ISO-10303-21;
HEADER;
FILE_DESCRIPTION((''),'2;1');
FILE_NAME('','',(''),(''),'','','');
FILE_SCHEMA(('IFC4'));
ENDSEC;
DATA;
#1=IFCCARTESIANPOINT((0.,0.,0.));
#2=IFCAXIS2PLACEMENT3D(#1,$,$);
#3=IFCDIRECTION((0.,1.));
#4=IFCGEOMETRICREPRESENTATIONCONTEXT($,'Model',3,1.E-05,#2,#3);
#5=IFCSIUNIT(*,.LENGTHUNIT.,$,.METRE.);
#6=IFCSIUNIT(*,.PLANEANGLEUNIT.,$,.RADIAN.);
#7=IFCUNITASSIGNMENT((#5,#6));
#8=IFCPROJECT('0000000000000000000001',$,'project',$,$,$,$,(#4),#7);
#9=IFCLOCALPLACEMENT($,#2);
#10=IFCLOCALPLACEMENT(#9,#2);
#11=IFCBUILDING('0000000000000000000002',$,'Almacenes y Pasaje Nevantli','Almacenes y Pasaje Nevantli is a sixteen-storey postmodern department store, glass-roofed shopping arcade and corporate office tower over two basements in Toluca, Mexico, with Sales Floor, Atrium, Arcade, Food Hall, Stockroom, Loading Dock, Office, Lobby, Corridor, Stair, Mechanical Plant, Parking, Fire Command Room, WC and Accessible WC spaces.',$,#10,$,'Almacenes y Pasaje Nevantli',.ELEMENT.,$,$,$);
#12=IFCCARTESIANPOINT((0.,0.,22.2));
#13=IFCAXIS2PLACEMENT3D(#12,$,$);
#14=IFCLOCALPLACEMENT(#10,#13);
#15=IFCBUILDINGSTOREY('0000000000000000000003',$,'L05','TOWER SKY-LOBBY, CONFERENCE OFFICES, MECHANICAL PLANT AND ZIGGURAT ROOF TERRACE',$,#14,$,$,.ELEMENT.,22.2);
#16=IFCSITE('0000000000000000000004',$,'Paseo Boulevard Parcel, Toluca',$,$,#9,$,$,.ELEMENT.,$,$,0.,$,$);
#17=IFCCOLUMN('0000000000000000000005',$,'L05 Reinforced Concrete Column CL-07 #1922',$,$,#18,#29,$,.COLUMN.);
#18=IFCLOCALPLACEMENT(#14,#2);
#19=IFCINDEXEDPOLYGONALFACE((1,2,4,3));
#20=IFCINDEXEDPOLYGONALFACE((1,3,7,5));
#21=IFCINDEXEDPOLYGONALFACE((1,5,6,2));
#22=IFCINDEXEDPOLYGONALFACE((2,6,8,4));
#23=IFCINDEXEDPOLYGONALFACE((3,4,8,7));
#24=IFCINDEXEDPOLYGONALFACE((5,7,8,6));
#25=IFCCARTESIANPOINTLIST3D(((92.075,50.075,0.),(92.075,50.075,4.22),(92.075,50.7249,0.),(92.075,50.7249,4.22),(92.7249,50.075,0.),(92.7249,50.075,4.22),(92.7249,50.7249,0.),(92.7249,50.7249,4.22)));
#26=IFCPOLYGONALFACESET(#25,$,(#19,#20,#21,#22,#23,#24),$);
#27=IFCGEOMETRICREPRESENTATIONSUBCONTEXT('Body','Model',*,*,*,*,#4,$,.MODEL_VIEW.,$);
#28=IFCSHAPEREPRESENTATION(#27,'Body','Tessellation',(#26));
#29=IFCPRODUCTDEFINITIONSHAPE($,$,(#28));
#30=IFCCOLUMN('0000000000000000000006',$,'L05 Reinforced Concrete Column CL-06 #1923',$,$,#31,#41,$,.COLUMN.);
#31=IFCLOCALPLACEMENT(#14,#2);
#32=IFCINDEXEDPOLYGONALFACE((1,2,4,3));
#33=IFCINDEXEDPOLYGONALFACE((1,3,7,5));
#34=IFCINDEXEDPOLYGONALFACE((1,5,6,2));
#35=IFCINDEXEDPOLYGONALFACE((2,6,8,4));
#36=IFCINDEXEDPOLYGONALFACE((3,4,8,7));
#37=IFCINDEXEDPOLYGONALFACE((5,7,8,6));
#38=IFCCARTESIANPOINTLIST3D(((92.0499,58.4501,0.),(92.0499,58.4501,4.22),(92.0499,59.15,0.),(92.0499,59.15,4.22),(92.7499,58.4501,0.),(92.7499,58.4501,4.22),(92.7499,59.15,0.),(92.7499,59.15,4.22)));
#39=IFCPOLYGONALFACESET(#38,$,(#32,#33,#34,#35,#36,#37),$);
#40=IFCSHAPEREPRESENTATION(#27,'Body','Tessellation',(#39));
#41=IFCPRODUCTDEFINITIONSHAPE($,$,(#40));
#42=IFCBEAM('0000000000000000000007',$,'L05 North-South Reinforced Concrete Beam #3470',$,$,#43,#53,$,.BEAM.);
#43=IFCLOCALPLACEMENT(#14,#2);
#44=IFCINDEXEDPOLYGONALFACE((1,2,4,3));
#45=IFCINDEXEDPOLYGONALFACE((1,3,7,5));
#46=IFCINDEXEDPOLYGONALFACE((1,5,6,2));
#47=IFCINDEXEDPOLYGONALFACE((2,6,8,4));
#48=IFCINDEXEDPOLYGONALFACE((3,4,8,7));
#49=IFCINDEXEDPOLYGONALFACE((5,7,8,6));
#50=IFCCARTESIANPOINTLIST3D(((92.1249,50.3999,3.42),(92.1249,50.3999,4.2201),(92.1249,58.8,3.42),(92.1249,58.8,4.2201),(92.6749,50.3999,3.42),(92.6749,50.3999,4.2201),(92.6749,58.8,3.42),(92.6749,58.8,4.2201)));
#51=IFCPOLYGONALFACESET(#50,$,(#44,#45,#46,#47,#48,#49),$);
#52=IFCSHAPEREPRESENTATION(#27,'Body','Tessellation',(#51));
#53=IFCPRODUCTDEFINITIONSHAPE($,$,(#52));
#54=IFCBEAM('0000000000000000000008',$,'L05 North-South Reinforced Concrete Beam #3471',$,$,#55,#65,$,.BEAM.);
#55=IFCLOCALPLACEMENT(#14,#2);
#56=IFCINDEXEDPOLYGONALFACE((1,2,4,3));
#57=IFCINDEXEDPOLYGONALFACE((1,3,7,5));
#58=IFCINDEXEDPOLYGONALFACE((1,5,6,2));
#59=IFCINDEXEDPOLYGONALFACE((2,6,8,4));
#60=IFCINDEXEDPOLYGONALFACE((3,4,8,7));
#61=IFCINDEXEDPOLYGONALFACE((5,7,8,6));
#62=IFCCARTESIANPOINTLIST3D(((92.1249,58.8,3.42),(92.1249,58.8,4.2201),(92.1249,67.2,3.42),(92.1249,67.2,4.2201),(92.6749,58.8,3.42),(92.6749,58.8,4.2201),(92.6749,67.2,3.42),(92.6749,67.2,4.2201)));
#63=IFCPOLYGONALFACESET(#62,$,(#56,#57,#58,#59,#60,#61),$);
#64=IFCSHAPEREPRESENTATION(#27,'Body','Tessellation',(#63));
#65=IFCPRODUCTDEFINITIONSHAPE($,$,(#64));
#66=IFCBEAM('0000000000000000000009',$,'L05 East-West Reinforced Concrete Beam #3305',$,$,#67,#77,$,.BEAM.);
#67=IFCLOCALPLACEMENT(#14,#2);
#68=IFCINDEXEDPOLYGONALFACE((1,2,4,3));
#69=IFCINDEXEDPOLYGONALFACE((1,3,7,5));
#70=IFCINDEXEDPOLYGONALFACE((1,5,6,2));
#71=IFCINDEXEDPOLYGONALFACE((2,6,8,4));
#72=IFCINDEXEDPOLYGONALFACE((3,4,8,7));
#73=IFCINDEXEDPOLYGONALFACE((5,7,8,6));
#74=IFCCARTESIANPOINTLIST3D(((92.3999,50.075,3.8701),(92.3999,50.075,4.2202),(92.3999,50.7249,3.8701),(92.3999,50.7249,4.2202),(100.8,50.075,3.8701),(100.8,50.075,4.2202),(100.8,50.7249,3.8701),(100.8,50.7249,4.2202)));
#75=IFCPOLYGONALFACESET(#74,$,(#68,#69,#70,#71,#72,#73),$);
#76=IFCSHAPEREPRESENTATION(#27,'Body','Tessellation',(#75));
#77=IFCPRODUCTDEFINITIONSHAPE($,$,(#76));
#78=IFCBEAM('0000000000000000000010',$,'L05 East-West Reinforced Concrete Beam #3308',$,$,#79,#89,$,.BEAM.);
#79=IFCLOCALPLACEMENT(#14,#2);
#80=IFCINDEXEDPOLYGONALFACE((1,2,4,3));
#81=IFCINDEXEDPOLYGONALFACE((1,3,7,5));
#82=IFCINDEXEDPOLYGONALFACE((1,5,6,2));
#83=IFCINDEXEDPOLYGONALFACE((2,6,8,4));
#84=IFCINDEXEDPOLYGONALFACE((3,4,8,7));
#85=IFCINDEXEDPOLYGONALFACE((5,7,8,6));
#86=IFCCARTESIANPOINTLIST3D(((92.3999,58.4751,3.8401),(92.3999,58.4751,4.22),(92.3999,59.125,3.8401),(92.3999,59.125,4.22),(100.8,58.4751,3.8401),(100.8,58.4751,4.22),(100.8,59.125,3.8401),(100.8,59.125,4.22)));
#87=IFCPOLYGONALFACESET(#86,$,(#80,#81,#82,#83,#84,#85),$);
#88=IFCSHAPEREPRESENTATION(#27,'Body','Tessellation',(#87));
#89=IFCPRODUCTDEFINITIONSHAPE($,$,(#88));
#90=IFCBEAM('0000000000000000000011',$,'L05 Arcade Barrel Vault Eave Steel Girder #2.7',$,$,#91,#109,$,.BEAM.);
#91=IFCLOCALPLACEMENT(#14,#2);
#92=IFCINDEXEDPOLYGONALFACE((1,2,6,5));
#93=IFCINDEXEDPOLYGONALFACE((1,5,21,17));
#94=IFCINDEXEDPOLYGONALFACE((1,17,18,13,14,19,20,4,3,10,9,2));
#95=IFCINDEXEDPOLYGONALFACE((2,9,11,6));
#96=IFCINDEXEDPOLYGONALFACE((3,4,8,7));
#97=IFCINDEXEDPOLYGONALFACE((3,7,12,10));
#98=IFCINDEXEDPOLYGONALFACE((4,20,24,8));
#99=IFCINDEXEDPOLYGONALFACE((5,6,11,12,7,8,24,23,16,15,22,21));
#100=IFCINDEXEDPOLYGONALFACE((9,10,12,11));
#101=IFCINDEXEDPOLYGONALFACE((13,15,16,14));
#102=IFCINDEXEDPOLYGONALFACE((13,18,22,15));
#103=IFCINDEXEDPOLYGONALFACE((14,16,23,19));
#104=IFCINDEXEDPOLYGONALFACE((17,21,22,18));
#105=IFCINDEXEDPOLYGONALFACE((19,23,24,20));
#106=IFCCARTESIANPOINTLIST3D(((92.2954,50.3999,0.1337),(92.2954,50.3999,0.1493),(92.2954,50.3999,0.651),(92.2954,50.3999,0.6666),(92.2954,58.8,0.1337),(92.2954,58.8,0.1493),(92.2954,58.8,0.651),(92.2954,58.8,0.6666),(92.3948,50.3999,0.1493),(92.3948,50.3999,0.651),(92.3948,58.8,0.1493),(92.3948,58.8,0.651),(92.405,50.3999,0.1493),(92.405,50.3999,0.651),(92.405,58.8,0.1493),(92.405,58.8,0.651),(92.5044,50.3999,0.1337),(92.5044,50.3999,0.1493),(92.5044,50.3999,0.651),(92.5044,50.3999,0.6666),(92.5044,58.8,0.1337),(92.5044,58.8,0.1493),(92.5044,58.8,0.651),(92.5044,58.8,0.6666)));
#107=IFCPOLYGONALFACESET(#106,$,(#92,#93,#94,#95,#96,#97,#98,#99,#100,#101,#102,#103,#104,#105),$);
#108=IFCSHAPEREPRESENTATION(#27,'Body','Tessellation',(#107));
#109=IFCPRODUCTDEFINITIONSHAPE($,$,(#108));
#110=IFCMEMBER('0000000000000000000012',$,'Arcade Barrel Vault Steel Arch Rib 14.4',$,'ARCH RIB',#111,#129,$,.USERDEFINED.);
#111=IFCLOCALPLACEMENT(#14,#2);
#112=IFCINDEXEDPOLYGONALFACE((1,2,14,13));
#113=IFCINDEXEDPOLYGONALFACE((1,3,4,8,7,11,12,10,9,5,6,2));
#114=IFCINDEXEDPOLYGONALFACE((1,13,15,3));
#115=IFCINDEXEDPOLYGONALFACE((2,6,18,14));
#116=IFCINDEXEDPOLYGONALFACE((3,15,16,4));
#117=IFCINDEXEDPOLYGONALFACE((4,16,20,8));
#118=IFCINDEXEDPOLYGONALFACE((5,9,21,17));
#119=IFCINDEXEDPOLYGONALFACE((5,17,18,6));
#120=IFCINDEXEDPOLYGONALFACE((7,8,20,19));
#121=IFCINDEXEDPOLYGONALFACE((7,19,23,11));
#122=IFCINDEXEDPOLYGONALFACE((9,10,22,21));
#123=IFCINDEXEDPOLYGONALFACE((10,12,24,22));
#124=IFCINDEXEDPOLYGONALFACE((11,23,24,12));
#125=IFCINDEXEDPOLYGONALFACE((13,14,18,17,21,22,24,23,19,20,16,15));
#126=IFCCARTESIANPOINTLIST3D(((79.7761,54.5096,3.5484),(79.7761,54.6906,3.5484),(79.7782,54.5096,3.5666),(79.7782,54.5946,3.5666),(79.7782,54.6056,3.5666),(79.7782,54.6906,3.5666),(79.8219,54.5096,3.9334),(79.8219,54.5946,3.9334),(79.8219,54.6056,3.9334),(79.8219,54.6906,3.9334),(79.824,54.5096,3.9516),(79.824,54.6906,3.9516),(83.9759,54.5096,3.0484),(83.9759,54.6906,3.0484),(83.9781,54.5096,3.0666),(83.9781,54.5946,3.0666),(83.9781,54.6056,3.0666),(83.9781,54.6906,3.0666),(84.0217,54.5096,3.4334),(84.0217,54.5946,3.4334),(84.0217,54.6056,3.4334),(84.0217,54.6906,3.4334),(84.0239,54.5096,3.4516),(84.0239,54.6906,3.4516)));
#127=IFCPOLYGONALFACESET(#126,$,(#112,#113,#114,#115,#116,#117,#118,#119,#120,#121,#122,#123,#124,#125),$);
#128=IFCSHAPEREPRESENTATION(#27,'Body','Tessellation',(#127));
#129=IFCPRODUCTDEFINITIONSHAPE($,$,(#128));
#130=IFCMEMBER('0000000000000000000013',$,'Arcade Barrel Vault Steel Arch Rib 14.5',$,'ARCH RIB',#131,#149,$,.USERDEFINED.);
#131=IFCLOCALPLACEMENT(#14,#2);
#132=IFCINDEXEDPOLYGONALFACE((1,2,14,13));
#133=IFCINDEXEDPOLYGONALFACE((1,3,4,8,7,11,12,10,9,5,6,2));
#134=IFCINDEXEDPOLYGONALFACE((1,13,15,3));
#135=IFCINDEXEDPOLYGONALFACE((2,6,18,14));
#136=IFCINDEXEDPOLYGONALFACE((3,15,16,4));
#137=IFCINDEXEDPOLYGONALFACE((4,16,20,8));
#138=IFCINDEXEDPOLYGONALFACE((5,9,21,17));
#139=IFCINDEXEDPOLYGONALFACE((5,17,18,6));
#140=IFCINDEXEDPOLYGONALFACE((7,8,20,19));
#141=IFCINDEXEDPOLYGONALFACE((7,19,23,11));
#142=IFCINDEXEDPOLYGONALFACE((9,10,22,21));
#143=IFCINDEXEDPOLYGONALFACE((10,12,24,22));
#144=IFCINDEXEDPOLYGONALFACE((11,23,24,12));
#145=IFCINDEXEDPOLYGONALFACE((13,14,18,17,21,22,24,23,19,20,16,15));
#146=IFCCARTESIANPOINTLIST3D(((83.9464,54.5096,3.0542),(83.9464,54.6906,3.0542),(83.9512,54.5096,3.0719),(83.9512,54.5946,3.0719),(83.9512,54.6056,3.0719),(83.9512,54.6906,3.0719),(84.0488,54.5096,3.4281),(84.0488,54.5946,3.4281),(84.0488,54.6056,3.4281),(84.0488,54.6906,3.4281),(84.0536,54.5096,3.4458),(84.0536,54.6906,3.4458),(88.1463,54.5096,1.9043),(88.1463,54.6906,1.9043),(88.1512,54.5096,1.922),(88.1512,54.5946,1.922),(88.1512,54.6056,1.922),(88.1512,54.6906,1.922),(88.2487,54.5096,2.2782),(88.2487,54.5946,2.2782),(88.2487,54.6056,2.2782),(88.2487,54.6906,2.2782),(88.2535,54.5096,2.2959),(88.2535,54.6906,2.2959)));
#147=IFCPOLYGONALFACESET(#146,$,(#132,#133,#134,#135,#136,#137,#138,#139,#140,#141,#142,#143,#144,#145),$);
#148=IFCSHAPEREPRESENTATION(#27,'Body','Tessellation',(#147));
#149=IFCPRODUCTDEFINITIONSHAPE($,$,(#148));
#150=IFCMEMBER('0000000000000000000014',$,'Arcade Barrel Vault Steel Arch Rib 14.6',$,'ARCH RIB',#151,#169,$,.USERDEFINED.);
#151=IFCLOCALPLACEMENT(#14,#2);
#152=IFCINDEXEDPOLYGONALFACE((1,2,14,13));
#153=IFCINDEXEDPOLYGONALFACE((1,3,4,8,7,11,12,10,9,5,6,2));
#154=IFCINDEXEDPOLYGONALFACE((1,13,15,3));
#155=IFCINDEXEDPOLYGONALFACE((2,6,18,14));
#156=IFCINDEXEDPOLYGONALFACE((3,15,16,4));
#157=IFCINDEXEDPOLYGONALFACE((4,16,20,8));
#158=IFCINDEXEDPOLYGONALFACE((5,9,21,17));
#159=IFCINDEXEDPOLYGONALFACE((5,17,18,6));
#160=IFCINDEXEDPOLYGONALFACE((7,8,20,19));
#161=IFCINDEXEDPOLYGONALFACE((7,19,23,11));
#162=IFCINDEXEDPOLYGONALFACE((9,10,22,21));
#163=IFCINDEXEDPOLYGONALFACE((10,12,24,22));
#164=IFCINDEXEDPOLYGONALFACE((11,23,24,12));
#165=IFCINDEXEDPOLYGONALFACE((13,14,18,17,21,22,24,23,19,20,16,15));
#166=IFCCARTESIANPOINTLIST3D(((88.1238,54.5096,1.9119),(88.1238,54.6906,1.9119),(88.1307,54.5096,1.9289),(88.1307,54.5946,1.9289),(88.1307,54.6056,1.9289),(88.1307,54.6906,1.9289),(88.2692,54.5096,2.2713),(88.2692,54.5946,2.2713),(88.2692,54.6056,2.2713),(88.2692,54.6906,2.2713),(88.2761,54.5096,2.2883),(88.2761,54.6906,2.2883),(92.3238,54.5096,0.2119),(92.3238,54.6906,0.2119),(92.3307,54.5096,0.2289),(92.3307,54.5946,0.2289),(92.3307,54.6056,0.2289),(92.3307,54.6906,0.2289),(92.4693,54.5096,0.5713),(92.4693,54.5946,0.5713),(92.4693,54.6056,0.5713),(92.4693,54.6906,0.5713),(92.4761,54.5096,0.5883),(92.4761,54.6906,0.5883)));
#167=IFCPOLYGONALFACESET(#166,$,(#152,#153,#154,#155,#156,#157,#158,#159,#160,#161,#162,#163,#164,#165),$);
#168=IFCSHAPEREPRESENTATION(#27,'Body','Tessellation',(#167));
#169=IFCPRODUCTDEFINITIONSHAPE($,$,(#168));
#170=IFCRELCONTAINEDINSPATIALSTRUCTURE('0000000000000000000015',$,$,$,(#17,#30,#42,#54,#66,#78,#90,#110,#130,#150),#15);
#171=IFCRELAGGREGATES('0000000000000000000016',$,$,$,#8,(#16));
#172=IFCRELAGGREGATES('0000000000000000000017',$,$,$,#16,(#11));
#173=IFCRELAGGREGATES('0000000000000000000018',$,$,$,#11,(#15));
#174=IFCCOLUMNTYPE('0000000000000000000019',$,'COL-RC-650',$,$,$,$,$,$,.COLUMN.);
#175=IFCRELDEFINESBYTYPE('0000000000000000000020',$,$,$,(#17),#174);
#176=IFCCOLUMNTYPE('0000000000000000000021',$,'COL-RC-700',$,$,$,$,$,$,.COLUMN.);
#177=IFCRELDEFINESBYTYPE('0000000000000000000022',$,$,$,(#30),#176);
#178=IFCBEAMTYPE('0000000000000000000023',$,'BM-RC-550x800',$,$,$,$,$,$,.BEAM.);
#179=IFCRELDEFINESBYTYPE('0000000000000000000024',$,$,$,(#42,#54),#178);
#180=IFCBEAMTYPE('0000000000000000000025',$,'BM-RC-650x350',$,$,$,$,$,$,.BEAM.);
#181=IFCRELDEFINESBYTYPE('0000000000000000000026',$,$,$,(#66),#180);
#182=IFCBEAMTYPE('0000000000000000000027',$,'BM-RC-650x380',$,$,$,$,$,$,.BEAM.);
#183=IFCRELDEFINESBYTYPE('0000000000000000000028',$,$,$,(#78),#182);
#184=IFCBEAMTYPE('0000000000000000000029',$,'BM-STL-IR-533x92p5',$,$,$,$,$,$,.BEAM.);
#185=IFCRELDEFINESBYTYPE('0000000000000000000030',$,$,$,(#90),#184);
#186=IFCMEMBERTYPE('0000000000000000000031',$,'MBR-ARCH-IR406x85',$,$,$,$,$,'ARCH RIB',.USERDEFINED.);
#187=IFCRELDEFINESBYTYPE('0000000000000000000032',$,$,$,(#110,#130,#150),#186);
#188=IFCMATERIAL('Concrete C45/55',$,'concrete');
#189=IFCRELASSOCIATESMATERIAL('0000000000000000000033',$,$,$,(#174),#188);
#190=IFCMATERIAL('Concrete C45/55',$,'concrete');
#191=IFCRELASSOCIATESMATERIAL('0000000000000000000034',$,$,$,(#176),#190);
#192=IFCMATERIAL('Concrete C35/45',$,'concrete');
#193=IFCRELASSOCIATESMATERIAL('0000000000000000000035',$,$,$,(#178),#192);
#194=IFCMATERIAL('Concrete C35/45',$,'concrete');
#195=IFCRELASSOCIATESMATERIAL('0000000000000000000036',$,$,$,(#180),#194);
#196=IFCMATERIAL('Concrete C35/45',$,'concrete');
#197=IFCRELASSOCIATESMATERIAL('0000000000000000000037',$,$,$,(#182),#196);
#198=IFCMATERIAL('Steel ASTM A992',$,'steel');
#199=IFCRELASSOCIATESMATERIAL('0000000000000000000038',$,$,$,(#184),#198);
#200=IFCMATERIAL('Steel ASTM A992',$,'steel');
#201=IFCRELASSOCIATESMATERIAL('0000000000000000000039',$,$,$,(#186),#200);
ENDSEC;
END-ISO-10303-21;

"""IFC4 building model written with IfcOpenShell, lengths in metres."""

from ifc_helpers import new_model, si_unit, direction, frame, origin, origin_2d, place, context, subcontext, project, spatial, rectangle, i_section, extrude, material, material_profile, profile_set, type_object, element, save


model = new_model("IFC4")

# Units and contexts
model_context = context("Model", 3, precision=1e-05, world=origin(), true_north=direction((0.0, 1.0)))
body_context = subcontext(model_context, "Body", "Model", "MODEL_VIEW")
ifc_project = project(units=[si_unit("LENGTHUNIT", "METRE"), si_unit("PLANEANGLEUNIT", "RADIAN")], contexts=[model_context])

# Site, building, storey
site_placement = place(None, origin())
site = spatial("IfcSite", under=ifc_project, at=site_placement, Name="Paseo Boulevard Parcel, Toluca", CompositionType="ELEMENT", RefElevation=0.0)
building_placement = place(site_placement, origin())
building = spatial("IfcBuilding", under=site, at=building_placement, Name="Almacenes y Pasaje Nevantli", Description="Almacenes y Pasaje Nevantli is a sixteen-storey postmodern department store, glass-roofed shopping arcade and corporate office tower over two basements in Toluca, Mexico, with Sales Floor, Atrium, Arcade, Food Hall, Stockroom, Loading Dock, Office, Lobby, Corridor, Stair, Mechanical Plant, Parking, Fire Command Room, WC and Accessible WC spaces.", LongName="Almacenes y Pasaje Nevantli", CompositionType="ELEMENT")
storey_placement = place(building_placement, frame((0.0, 0.0, 22.2)))
storey = spatial("IfcBuildingStorey", under=building, at=storey_placement, Name="L05", Description="TOWER SKY-LOBBY, CONFERENCE OFFICES, MECHANICAL PLANT AND ZIGGURAT ROOF TERRACE", CompositionType="ELEMENT", Elevation=22.2)

# Columns
ifc_material_1 = material(Name="Concrete C45/55", Category="concrete")
ifc_material_profile_1 = material_profile(ifc_material_1, rectangle(XDim=0.6499, YDim=0.6499, at=origin_2d()), Name="RC-COL-650x650")
ifc_profile_set_1 = profile_set([ifc_material_profile_1], Name="Concrete C45/55")
column_type_1 = type_object("IfcColumnType", Name="COL-RC-650", PredefinedType="COLUMN", material=ifc_profile_set_1)
column_1_placement = place(storey_placement, frame((92.3999, 50.3999, 0.0), z_axis=(0.0, 0.0, 1.0), x_axis=(1.0, 0.0, 0.0)))
element("IfcColumn", 1, at=column_1_placement, inside=storey, type_object=column_type_1, Name="L05 Reinforced Concrete Column CL-07 #1922", PredefinedType="COLUMN", context=body_context, shape_type="SweptSolid", body=[
    extrude(rectangle(XDim=0.6499, YDim=0.6499, at=origin_2d()), origin(), (0.0, 0.0, 1.0), 4.22),
])
ifc_material_2 = material(Name="Concrete C45/55", Category="concrete")
ifc_material_profile_2 = material_profile(ifc_material_2, rectangle(XDim=0.7, YDim=0.7, at=origin_2d()), Name="RC-COL-700x700")
ifc_profile_set_2 = profile_set([ifc_material_profile_2], Name="Concrete C45/55")
column_type_2 = type_object("IfcColumnType", Name="COL-RC-700", PredefinedType="COLUMN", material=ifc_profile_set_2)
column_2_placement = place(storey_placement, frame((92.3999, 58.8, 0.0), z_axis=(0.0, 0.0, 1.0), x_axis=(1.0, 0.0, 0.0)))
element("IfcColumn", 2, at=column_2_placement, inside=storey, type_object=column_type_2, Name="L05 Reinforced Concrete Column CL-06 #1923", PredefinedType="COLUMN", context=body_context, shape_type="SweptSolid", body=[
    extrude(rectangle(XDim=0.7, YDim=0.7, at=origin_2d()), origin(), (0.0, 0.0, 1.0), 4.22),
])

# Beams
ifc_material_3 = material(Name="Concrete C35/45", Category="concrete")
ifc_material_profile_3 = material_profile(ifc_material_3, rectangle(XDim=0.55, YDim=0.8, at=origin_2d()), Name="RC-BM-550x800")
ifc_profile_set_3 = profile_set([ifc_material_profile_3], Name="Concrete C35/45")
beam_type_1 = type_object("IfcBeamType", Name="BM-RC-550x800", PredefinedType="BEAM", material=ifc_profile_set_3)
beam_1_placement = place(storey_placement, frame((92.3999, 50.3999, 3.8201), z_axis=(0.0, 1.0, 0.0), x_axis=(-1.0, 0.0, 0.0)))
element("IfcBeam", 3, at=beam_1_placement, inside=storey, type_object=beam_type_1, Name="L05 North-South Reinforced Concrete Beam #3470", PredefinedType="BEAM", context=body_context, shape_type="SweptSolid", body=[
    extrude(rectangle(XDim=0.55, YDim=0.8, at=origin_2d()), origin(), (0.0, 0.0, 1.0), 8.4001),
])
beam_2_placement = place(storey_placement, frame((92.3999, 58.8, 3.8201), z_axis=(0.0, 1.0, 0.0), x_axis=(-1.0, 0.0, 0.0)))
element("IfcBeam", 4, at=beam_2_placement, inside=storey, type_object=beam_type_1, Name="L05 North-South Reinforced Concrete Beam #3471", PredefinedType="BEAM", context=body_context, shape_type="SweptSolid", body=[
    extrude(rectangle(XDim=0.55, YDim=0.8, at=origin_2d()), origin(), (0.0, 0.0, 1.0), 8.3999),
])
ifc_material_4 = material(Name="Concrete C35/45", Category="concrete")
ifc_material_profile_4 = material_profile(ifc_material_4, rectangle(XDim=0.6499, YDim=0.3501, at=origin_2d()), Name="RC-BM-650x350")
ifc_profile_set_4 = profile_set([ifc_material_profile_4], Name="Concrete C35/45")
beam_type_2 = type_object("IfcBeamType", Name="BM-RC-650x350", PredefinedType="BEAM", material=ifc_profile_set_4)
beam_3_placement = place(storey_placement, frame((92.3999, 50.3999, 4.0452), z_axis=(1.0, 0.0, 0.0), x_axis=(0.0, 1.0, 0.0)))
element("IfcBeam", 5, at=beam_3_placement, inside=storey, type_object=beam_type_2, Name="L05 East-West Reinforced Concrete Beam #3305", PredefinedType="BEAM", context=body_context, shape_type="SweptSolid", body=[
    extrude(rectangle(XDim=0.6499, YDim=0.3501, at=origin_2d()), origin(), (0.0, 0.0, 1.0), 8.4001),
])
ifc_material_5 = material(Name="Concrete C35/45", Category="concrete")
ifc_material_profile_5 = material_profile(ifc_material_5, rectangle(XDim=0.6499, YDim=0.3799, at=origin_2d()), Name="RC-BM-650x380")
ifc_profile_set_5 = profile_set([ifc_material_profile_5], Name="Concrete C35/45")
beam_type_3 = type_object("IfcBeamType", Name="BM-RC-650x380", PredefinedType="BEAM", material=ifc_profile_set_5)
beam_4_placement = place(storey_placement, frame((92.3999, 58.8, 4.03), z_axis=(1.0, 0.0, 0.0), x_axis=(0.0, 1.0, 0.0)))
element("IfcBeam", 6, at=beam_4_placement, inside=storey, type_object=beam_type_3, Name="L05 East-West Reinforced Concrete Beam #3308", PredefinedType="BEAM", context=body_context, shape_type="SweptSolid", body=[
    extrude(rectangle(XDim=0.6499, YDim=0.3799, at=origin_2d()), origin(), (0.0, 0.0, 1.0), 8.4001),
])
ifc_material_6 = material(Name="Steel ASTM A992", Category="steel")
ifc_material_profile_6 = material_profile(ifc_material_6, i_section(OverallWidth=0.209, OverallDepth=0.533, WebThickness=0.0103, FlangeThickness=0.0156, at=origin_2d()), Name="IR 533x92.5")
ifc_profile_set_6 = profile_set([ifc_material_profile_6], Name="Steel ASTM A992")
beam_type_4 = type_object("IfcBeamType", Name="BM-STL-IR-533x92p5", PredefinedType="BEAM", material=ifc_profile_set_6)
beam_5_placement = place(storey_placement, frame((92.3999, 50.3999, 0.4001), z_axis=(0.0, 1.0, 0.0), x_axis=(-1.0, 0.0, 0.0)))
element("IfcBeam", 7, at=beam_5_placement, inside=storey, type_object=beam_type_4, Name="L05 Arcade Barrel Vault Eave Steel Girder #2.7", PredefinedType="BEAM", context=body_context, shape_type="SweptSolid", body=[
    extrude(i_section(OverallWidth=0.209, OverallDepth=0.533, WebThickness=0.0103, FlangeThickness=0.0156, at=origin_2d()), origin(), (0.0, 0.0, 1.0), 8.4001),
])

# Members
ifc_material_7 = material(Name="Steel ASTM A992", Category="steel")
ifc_material_profile_7 = material_profile(ifc_material_7, i_section(OverallWidth=0.1809, OverallDepth=0.406, WebThickness=0.011, FlangeThickness=0.0183, at=origin_2d()), Name="IR 406x85.0")
ifc_profile_set_7 = profile_set([ifc_material_profile_7], Name="Steel ASTM A992")
member_type_1 = type_object("IfcMemberType", Name="MBR-ARCH-IR406x85", ElementType="ARCH RIB", PredefinedType="USERDEFINED", material=ifc_profile_set_7)
member_1_placement = place(storey_placement, frame((79.8, 54.6001, 3.75), z_axis=(0.992988, 0.0, -0.118214), x_axis=(0.0, 1.0, 0.0)))
element("IfcMember", 8, at=member_1_placement, inside=storey, type_object=member_type_1, Name="Arcade Barrel Vault Steel Arch Rib 14.4", ObjectType="ARCH RIB", PredefinedType="USERDEFINED", context=body_context, shape_type="SweptSolid", body=[
    extrude(i_section(OverallWidth=0.1809, OverallDepth=0.406, WebThickness=0.011, FlangeThickness=0.0183, at=origin_2d()), origin(), (0.0, 0.0, 1.0), 4.2295),
])
member_2_placement = place(storey_placement, frame((84.0, 54.6001, 3.25), z_axis=(0.964503, 0.0, -0.264071), x_axis=(0.0, 1.0, 0.0)))
element("IfcMember", 9, at=member_2_placement, inside=storey, type_object=member_type_1, Name="Arcade Barrel Vault Steel Arch Rib 14.5", ObjectType="ARCH RIB", PredefinedType="USERDEFINED", context=body_context, shape_type="SweptSolid", body=[
    extrude(i_section(OverallWidth=0.1809, OverallDepth=0.406, WebThickness=0.011, FlangeThickness=0.0183, at=origin_2d()), origin(), (0.0, 0.0, 1.0), 4.3545),
])
member_3_placement = place(storey_placement, frame((88.2, 54.6001, 2.1001), z_axis=(0.926949, 0.0, -0.375187), x_axis=(0.0, 1.0, 0.0)))
element("IfcMember", 10, at=member_3_placement, inside=storey, type_object=member_type_1, Name="Arcade Barrel Vault Steel Arch Rib 14.6", ObjectType="ARCH RIB", PredefinedType="USERDEFINED", context=body_context, shape_type="SweptSolid", body=[
    extrude(i_section(OverallWidth=0.1809, OverallDepth=0.406, WebThickness=0.011, FlangeThickness=0.0183, at=origin_2d()), origin(), (0.0, 0.0, 1.0), 4.531),
])

save(model, "model.ifc")
